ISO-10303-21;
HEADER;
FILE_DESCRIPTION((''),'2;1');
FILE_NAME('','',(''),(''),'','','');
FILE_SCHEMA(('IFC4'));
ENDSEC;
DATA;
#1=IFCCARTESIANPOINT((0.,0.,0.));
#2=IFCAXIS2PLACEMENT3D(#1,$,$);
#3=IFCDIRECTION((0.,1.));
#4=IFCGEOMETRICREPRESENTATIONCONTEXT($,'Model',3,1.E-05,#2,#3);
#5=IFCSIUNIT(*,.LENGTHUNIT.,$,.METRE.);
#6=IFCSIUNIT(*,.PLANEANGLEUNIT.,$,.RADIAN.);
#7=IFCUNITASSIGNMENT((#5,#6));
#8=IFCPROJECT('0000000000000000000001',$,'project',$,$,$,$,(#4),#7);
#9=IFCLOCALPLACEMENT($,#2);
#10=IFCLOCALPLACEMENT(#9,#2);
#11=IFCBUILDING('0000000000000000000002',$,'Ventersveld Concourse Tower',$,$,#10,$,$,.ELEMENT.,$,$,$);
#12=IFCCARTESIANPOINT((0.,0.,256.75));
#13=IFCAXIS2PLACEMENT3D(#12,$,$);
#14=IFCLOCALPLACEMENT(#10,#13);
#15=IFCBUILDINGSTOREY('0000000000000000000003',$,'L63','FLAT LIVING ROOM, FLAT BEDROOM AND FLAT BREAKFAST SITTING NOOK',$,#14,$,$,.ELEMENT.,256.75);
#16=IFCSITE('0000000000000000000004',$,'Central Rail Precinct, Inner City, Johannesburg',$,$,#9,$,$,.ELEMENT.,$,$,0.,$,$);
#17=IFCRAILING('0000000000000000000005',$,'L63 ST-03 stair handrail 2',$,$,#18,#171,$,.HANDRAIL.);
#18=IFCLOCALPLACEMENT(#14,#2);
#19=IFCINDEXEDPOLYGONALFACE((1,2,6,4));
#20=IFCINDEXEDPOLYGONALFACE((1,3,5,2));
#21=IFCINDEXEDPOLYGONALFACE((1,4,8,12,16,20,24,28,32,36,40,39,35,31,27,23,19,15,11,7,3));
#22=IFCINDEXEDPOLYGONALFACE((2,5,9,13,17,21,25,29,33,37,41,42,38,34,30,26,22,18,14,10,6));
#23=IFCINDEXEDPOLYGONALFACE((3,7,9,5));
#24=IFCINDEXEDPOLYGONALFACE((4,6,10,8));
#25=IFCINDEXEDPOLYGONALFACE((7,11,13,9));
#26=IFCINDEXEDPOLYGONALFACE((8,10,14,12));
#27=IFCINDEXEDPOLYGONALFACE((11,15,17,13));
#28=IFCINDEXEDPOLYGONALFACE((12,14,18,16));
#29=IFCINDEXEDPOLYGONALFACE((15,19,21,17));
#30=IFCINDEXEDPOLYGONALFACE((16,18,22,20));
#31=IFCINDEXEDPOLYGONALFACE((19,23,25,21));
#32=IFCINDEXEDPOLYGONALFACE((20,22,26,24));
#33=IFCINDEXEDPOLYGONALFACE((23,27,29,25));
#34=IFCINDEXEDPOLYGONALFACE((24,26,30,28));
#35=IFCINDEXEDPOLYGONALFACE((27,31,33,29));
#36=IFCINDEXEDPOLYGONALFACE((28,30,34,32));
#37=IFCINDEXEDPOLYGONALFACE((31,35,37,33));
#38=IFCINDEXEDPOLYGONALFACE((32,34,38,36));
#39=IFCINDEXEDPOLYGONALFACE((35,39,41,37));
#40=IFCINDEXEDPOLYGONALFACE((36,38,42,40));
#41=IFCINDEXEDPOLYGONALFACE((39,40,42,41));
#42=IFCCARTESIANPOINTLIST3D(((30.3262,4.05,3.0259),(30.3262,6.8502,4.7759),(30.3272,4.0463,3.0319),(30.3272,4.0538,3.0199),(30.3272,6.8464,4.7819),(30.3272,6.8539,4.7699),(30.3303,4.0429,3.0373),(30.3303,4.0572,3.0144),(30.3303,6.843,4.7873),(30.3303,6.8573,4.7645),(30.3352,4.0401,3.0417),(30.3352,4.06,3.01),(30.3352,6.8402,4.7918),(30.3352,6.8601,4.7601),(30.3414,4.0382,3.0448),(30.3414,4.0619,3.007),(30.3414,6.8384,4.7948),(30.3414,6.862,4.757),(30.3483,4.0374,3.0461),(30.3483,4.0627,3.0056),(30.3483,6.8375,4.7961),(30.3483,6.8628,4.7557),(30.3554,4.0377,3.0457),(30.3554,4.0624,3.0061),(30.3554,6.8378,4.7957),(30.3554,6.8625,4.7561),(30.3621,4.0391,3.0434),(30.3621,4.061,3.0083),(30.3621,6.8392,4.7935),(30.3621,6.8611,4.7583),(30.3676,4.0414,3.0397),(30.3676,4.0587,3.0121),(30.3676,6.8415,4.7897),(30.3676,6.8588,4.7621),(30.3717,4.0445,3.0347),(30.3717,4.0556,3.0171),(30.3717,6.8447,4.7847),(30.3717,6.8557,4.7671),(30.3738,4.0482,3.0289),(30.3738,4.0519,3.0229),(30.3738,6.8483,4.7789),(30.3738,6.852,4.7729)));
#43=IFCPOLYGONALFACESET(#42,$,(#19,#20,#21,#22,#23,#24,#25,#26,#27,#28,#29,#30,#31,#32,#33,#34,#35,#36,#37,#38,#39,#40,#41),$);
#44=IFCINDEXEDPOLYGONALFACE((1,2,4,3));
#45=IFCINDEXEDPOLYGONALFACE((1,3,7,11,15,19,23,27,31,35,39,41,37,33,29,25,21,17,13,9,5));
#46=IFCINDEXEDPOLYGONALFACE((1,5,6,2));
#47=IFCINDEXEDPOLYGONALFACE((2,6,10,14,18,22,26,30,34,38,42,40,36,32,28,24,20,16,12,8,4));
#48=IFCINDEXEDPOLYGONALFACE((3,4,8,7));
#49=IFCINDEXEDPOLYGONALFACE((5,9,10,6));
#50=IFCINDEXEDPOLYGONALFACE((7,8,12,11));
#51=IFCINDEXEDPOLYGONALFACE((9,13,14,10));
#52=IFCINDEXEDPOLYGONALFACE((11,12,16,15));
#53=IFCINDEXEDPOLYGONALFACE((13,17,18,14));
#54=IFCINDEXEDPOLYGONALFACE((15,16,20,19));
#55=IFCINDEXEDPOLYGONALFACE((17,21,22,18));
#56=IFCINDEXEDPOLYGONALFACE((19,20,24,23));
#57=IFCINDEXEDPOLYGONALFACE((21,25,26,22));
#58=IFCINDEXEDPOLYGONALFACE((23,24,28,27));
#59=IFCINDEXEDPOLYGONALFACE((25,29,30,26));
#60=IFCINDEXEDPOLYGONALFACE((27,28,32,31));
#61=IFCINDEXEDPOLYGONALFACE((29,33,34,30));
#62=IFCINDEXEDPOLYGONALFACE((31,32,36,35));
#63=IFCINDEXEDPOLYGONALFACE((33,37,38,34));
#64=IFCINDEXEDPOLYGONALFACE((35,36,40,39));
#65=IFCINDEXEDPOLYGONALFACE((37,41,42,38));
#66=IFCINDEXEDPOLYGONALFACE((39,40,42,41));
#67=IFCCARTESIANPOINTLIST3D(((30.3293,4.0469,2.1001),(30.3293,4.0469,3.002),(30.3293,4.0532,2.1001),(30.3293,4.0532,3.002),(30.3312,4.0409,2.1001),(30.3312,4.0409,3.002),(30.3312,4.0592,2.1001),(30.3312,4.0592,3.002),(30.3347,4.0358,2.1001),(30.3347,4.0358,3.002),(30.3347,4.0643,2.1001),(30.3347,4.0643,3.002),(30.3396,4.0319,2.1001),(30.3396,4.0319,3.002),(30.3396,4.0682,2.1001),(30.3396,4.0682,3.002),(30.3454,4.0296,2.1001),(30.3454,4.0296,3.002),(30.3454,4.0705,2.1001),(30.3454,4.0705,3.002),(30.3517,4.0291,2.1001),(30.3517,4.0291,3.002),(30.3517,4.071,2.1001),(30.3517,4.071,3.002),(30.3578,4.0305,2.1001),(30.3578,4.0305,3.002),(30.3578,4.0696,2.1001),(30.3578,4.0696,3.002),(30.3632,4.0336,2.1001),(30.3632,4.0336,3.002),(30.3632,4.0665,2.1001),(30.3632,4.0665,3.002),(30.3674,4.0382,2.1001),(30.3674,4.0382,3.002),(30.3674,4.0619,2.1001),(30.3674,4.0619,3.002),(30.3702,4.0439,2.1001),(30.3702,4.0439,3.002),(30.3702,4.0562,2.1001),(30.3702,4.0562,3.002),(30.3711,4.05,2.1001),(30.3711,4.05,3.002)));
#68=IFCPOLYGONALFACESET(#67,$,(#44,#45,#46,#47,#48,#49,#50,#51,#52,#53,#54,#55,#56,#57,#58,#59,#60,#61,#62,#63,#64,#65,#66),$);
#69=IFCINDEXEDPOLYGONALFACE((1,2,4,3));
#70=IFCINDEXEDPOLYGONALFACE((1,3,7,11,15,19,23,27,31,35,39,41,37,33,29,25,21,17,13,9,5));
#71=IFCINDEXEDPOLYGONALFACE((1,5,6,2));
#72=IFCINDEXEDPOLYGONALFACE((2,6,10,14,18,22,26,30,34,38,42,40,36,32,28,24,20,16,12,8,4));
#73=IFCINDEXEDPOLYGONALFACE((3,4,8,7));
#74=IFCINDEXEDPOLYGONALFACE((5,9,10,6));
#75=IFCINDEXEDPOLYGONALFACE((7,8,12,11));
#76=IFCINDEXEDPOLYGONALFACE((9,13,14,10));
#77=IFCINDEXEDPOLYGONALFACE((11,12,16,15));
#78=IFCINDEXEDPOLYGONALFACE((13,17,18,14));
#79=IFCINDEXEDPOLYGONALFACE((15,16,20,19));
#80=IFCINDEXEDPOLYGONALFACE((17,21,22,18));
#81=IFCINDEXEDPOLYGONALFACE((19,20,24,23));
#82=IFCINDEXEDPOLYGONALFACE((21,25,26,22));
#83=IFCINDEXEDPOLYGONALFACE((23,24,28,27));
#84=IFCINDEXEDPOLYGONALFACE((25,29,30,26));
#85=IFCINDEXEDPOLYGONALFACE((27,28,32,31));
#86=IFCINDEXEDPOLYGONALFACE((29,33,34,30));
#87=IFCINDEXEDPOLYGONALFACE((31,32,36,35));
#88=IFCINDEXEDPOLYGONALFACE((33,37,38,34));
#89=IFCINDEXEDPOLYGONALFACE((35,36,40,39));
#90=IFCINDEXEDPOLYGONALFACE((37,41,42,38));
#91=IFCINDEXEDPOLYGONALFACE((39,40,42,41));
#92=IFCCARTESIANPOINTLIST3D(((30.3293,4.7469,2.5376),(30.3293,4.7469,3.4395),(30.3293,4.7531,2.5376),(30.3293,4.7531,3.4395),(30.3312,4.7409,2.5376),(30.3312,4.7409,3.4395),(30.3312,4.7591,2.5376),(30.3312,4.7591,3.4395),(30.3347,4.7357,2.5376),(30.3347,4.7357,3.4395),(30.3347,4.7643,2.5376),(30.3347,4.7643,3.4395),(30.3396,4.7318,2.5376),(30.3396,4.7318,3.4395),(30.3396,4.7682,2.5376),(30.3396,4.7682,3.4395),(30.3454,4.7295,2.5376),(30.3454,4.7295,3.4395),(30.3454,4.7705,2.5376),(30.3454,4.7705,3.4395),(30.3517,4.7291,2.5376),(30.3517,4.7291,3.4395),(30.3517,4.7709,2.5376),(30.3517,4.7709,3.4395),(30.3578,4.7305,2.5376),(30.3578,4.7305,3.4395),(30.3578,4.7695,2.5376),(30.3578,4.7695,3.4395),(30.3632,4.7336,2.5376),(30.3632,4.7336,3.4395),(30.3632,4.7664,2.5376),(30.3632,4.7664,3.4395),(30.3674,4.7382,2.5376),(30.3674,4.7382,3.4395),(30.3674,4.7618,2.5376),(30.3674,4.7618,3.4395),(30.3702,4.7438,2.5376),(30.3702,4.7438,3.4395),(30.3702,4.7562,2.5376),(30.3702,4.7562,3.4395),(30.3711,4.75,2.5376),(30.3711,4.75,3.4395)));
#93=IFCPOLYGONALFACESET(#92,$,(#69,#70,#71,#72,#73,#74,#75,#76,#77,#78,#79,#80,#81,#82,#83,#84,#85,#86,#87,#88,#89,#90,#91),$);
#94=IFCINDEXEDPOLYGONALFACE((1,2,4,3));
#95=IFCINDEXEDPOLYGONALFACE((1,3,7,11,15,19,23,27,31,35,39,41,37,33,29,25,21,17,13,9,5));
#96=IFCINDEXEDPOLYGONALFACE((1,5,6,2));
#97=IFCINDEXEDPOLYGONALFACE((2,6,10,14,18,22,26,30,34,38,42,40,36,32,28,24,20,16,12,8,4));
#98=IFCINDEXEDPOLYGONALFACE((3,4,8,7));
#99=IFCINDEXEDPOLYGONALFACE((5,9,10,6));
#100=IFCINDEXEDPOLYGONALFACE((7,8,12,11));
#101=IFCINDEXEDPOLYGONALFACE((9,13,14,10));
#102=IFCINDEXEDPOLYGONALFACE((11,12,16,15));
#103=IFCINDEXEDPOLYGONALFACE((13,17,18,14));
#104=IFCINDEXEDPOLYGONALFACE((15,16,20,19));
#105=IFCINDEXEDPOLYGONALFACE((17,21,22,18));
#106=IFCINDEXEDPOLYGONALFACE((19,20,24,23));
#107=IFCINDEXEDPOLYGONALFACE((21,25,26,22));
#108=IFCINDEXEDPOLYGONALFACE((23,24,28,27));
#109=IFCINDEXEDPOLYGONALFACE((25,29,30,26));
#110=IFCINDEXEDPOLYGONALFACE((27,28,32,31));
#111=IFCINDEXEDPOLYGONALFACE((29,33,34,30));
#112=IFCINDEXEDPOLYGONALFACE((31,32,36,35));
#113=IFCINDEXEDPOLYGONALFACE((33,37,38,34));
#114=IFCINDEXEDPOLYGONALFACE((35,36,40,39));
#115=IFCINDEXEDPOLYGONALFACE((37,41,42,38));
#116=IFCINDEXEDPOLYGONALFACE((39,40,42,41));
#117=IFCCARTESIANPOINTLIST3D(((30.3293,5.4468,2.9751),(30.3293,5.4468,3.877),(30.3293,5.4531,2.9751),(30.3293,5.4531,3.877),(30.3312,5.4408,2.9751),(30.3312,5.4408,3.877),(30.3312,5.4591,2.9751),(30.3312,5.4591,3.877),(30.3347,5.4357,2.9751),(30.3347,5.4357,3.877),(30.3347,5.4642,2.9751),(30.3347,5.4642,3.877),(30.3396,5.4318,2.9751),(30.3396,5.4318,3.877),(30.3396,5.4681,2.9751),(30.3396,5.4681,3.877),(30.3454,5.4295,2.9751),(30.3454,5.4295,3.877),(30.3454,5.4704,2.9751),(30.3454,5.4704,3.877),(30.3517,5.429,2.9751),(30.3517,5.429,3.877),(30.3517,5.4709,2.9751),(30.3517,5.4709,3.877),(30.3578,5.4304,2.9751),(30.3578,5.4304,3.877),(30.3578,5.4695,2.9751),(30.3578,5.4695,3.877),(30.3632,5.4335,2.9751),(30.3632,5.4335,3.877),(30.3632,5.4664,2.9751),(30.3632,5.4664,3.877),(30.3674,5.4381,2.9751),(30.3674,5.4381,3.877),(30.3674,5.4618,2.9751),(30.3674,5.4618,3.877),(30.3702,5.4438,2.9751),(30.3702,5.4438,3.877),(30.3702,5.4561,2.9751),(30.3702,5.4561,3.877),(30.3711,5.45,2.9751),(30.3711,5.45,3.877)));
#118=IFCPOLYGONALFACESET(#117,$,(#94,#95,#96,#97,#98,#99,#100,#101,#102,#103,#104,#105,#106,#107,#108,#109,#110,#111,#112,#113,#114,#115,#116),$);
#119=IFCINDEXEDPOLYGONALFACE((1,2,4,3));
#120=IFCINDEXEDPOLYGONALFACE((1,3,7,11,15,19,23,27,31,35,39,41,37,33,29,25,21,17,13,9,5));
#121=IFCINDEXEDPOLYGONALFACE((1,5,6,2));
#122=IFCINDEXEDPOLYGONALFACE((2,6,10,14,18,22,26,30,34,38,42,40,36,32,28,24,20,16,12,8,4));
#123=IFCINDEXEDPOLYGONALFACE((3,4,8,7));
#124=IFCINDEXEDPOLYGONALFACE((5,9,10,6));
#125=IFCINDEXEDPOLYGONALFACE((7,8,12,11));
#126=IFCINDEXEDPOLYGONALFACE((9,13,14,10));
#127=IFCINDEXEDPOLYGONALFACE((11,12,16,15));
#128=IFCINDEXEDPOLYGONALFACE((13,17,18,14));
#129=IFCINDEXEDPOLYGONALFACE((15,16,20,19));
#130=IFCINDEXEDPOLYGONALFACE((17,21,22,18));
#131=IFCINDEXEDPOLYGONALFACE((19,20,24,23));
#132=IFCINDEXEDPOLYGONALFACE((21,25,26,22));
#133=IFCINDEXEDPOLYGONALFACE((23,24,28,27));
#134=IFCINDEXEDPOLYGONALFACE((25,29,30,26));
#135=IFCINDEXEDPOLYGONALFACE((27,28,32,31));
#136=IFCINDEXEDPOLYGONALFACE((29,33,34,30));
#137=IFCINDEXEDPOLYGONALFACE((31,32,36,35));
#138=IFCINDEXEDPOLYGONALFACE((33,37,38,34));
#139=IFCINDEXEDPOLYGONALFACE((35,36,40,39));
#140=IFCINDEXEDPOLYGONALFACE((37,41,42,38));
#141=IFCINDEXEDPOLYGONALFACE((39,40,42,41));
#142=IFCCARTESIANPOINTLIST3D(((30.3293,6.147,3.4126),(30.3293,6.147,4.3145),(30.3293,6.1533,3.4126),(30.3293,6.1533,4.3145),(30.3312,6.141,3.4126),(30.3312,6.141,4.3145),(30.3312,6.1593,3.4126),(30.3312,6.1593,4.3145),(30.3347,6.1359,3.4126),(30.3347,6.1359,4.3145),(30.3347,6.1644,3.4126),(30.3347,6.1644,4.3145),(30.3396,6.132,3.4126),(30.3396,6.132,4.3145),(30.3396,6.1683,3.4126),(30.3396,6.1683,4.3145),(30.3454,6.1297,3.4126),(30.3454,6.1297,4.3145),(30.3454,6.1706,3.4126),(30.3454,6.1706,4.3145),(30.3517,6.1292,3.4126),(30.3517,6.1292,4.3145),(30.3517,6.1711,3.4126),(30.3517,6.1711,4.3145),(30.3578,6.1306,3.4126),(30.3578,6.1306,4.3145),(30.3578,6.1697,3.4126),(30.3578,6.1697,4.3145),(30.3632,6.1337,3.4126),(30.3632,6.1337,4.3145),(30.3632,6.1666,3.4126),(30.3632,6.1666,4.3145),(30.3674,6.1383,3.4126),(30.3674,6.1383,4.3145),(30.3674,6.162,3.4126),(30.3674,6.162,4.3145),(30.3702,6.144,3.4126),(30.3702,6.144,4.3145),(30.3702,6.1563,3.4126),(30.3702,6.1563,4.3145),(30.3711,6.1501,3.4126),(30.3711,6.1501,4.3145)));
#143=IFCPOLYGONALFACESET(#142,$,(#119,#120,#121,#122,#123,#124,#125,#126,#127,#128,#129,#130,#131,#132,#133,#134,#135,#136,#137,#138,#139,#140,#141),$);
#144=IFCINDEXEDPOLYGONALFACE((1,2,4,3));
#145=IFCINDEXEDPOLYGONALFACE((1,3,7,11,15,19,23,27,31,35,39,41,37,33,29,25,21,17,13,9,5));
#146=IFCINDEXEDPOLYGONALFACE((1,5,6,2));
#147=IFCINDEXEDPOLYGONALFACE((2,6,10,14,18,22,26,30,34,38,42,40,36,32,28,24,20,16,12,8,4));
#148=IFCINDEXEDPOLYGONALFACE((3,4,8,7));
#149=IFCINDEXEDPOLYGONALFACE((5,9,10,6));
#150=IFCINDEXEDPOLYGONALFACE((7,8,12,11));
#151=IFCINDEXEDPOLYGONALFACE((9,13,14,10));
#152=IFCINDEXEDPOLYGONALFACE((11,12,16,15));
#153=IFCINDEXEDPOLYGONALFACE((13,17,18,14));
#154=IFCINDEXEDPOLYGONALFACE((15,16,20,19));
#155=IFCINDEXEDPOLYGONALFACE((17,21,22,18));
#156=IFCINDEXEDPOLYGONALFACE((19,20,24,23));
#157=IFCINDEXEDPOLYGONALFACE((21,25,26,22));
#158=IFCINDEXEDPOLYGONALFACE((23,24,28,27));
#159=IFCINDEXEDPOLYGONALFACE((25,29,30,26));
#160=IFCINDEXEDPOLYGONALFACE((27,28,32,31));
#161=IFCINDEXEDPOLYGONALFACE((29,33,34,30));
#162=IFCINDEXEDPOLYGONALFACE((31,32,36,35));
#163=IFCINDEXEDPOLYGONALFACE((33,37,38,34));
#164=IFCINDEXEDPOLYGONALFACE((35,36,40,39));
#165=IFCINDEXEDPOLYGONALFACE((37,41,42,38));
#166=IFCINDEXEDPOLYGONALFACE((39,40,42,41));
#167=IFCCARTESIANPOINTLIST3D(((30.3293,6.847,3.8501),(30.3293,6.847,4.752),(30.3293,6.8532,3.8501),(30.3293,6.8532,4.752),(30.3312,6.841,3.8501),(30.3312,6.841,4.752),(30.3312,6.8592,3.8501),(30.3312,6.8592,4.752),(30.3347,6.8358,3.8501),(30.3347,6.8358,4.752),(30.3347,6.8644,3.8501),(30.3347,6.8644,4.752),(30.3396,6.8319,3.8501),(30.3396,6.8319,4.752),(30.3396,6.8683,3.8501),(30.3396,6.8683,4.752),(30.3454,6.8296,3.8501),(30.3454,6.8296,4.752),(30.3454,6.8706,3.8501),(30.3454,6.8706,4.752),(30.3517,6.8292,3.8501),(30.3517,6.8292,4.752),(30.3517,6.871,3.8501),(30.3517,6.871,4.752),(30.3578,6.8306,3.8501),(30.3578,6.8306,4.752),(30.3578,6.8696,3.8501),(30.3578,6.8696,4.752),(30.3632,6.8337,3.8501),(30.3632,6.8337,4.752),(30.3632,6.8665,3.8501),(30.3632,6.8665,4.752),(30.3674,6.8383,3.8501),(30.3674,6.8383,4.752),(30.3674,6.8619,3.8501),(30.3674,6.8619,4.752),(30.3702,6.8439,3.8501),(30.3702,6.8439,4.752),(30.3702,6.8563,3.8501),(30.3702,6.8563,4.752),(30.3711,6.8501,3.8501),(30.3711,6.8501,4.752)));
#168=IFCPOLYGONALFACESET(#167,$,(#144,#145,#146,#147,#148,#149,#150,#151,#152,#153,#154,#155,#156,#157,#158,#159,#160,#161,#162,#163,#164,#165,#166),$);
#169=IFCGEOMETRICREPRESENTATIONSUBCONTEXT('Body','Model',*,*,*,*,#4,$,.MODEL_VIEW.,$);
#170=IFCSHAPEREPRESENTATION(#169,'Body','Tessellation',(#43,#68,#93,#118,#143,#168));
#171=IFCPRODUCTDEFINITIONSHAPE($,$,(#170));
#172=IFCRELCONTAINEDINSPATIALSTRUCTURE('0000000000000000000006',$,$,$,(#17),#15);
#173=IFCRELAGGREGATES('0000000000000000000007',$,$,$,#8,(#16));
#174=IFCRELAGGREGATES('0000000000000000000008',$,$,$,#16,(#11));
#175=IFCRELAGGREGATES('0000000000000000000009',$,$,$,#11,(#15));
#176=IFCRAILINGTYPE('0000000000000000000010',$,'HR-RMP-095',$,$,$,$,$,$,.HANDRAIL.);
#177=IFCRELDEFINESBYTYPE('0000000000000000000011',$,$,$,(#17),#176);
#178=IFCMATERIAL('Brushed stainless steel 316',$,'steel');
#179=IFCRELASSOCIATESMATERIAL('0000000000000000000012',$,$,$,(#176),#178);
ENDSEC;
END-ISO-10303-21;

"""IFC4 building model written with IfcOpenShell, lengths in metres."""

from ifc_helpers import new_model, si_unit, direction, frame, origin, origin_2d, place, context, subcontext, project, spatial, circle, extrude, material, type_object, element, save


model = new_model("IFC4")

# Units and contexts
model_context = context("Model", 3, precision=1e-05, world=origin(), true_north=direction((0.0, 1.0)))
body_context = subcontext(model_context, "Body", "Model", "MODEL_VIEW")
ifc_project = project(units=[si_unit("LENGTHUNIT", "METRE"), si_unit("PLANEANGLEUNIT", "RADIAN")], contexts=[model_context])

# Site, building, storey
site_placement = place(None, origin())
site = spatial("IfcSite", under=ifc_project, at=site_placement, Name="Central Rail Precinct, Inner City, Johannesburg", CompositionType="ELEMENT", RefElevation=0.0)
building_placement = place(site_placement, origin())
building = spatial("IfcBuilding", under=site, at=building_placement, Name="Ventersveld Concourse Tower", CompositionType="ELEMENT")
storey_placement = place(building_placement, frame((0.0, 0.0, 256.75)))
storey = spatial("IfcBuildingStorey", under=building, at=storey_placement, Name="L63", Description="FLAT LIVING ROOM, FLAT BEDROOM AND FLAT BREAKFAST SITTING NOOK", CompositionType="ELEMENT", Elevation=256.75)

# Railing
ifc_material_1 = material(Name="Brushed stainless steel 316", Category="steel")
railing_type_1 = type_object("IfcRailingType", Name="HR-RMP-095", PredefinedType="HANDRAIL", material=ifc_material_1)
railing_1_placement = place(storey_placement, frame((30.3501, 4.05, 2.1001)))
element("IfcRailing", 1, at=railing_1_placement, inside=storey, type_object=railing_type_1, Name="L63 ST-03 stair handrail 2", PredefinedType="HANDRAIL", context=body_context, shape_type="SweptSolid", body=[
    extrude(circle(Radius=0.0239, at=origin_2d()), frame((0.0, 0.0, 0.9258), z_axis=(0.0, 0.848002, 0.529992), x_axis=(-1.0, 0.0, 0.0)), (0.0, 0.0, 1.0), 3.302),
    extrude(circle(Radius=0.021, at=origin_2d()), origin(), (0.0, 0.0, 1.0), 0.9019),
    extrude(circle(Radius=0.021, at=origin_2d()), frame((0.0, 0.7, 0.4375)), (0.0, 0.0, 1.0), 0.9019),
    extrude(circle(Radius=0.021, at=origin_2d()), frame((0.0, 1.3999, 0.875)), (0.0, 0.0, 1.0), 0.9019),
    extrude(circle(Radius=0.021, at=origin_2d()), frame((0.0, 2.1001, 1.3125)), (0.0, 0.0, 1.0), 0.9019),
    extrude(circle(Radius=0.021, at=origin_2d()), frame((0.0, 2.8, 1.75)), (0.0, 0.0, 1.0), 0.9019),
])

save(model, "model.ifc")
